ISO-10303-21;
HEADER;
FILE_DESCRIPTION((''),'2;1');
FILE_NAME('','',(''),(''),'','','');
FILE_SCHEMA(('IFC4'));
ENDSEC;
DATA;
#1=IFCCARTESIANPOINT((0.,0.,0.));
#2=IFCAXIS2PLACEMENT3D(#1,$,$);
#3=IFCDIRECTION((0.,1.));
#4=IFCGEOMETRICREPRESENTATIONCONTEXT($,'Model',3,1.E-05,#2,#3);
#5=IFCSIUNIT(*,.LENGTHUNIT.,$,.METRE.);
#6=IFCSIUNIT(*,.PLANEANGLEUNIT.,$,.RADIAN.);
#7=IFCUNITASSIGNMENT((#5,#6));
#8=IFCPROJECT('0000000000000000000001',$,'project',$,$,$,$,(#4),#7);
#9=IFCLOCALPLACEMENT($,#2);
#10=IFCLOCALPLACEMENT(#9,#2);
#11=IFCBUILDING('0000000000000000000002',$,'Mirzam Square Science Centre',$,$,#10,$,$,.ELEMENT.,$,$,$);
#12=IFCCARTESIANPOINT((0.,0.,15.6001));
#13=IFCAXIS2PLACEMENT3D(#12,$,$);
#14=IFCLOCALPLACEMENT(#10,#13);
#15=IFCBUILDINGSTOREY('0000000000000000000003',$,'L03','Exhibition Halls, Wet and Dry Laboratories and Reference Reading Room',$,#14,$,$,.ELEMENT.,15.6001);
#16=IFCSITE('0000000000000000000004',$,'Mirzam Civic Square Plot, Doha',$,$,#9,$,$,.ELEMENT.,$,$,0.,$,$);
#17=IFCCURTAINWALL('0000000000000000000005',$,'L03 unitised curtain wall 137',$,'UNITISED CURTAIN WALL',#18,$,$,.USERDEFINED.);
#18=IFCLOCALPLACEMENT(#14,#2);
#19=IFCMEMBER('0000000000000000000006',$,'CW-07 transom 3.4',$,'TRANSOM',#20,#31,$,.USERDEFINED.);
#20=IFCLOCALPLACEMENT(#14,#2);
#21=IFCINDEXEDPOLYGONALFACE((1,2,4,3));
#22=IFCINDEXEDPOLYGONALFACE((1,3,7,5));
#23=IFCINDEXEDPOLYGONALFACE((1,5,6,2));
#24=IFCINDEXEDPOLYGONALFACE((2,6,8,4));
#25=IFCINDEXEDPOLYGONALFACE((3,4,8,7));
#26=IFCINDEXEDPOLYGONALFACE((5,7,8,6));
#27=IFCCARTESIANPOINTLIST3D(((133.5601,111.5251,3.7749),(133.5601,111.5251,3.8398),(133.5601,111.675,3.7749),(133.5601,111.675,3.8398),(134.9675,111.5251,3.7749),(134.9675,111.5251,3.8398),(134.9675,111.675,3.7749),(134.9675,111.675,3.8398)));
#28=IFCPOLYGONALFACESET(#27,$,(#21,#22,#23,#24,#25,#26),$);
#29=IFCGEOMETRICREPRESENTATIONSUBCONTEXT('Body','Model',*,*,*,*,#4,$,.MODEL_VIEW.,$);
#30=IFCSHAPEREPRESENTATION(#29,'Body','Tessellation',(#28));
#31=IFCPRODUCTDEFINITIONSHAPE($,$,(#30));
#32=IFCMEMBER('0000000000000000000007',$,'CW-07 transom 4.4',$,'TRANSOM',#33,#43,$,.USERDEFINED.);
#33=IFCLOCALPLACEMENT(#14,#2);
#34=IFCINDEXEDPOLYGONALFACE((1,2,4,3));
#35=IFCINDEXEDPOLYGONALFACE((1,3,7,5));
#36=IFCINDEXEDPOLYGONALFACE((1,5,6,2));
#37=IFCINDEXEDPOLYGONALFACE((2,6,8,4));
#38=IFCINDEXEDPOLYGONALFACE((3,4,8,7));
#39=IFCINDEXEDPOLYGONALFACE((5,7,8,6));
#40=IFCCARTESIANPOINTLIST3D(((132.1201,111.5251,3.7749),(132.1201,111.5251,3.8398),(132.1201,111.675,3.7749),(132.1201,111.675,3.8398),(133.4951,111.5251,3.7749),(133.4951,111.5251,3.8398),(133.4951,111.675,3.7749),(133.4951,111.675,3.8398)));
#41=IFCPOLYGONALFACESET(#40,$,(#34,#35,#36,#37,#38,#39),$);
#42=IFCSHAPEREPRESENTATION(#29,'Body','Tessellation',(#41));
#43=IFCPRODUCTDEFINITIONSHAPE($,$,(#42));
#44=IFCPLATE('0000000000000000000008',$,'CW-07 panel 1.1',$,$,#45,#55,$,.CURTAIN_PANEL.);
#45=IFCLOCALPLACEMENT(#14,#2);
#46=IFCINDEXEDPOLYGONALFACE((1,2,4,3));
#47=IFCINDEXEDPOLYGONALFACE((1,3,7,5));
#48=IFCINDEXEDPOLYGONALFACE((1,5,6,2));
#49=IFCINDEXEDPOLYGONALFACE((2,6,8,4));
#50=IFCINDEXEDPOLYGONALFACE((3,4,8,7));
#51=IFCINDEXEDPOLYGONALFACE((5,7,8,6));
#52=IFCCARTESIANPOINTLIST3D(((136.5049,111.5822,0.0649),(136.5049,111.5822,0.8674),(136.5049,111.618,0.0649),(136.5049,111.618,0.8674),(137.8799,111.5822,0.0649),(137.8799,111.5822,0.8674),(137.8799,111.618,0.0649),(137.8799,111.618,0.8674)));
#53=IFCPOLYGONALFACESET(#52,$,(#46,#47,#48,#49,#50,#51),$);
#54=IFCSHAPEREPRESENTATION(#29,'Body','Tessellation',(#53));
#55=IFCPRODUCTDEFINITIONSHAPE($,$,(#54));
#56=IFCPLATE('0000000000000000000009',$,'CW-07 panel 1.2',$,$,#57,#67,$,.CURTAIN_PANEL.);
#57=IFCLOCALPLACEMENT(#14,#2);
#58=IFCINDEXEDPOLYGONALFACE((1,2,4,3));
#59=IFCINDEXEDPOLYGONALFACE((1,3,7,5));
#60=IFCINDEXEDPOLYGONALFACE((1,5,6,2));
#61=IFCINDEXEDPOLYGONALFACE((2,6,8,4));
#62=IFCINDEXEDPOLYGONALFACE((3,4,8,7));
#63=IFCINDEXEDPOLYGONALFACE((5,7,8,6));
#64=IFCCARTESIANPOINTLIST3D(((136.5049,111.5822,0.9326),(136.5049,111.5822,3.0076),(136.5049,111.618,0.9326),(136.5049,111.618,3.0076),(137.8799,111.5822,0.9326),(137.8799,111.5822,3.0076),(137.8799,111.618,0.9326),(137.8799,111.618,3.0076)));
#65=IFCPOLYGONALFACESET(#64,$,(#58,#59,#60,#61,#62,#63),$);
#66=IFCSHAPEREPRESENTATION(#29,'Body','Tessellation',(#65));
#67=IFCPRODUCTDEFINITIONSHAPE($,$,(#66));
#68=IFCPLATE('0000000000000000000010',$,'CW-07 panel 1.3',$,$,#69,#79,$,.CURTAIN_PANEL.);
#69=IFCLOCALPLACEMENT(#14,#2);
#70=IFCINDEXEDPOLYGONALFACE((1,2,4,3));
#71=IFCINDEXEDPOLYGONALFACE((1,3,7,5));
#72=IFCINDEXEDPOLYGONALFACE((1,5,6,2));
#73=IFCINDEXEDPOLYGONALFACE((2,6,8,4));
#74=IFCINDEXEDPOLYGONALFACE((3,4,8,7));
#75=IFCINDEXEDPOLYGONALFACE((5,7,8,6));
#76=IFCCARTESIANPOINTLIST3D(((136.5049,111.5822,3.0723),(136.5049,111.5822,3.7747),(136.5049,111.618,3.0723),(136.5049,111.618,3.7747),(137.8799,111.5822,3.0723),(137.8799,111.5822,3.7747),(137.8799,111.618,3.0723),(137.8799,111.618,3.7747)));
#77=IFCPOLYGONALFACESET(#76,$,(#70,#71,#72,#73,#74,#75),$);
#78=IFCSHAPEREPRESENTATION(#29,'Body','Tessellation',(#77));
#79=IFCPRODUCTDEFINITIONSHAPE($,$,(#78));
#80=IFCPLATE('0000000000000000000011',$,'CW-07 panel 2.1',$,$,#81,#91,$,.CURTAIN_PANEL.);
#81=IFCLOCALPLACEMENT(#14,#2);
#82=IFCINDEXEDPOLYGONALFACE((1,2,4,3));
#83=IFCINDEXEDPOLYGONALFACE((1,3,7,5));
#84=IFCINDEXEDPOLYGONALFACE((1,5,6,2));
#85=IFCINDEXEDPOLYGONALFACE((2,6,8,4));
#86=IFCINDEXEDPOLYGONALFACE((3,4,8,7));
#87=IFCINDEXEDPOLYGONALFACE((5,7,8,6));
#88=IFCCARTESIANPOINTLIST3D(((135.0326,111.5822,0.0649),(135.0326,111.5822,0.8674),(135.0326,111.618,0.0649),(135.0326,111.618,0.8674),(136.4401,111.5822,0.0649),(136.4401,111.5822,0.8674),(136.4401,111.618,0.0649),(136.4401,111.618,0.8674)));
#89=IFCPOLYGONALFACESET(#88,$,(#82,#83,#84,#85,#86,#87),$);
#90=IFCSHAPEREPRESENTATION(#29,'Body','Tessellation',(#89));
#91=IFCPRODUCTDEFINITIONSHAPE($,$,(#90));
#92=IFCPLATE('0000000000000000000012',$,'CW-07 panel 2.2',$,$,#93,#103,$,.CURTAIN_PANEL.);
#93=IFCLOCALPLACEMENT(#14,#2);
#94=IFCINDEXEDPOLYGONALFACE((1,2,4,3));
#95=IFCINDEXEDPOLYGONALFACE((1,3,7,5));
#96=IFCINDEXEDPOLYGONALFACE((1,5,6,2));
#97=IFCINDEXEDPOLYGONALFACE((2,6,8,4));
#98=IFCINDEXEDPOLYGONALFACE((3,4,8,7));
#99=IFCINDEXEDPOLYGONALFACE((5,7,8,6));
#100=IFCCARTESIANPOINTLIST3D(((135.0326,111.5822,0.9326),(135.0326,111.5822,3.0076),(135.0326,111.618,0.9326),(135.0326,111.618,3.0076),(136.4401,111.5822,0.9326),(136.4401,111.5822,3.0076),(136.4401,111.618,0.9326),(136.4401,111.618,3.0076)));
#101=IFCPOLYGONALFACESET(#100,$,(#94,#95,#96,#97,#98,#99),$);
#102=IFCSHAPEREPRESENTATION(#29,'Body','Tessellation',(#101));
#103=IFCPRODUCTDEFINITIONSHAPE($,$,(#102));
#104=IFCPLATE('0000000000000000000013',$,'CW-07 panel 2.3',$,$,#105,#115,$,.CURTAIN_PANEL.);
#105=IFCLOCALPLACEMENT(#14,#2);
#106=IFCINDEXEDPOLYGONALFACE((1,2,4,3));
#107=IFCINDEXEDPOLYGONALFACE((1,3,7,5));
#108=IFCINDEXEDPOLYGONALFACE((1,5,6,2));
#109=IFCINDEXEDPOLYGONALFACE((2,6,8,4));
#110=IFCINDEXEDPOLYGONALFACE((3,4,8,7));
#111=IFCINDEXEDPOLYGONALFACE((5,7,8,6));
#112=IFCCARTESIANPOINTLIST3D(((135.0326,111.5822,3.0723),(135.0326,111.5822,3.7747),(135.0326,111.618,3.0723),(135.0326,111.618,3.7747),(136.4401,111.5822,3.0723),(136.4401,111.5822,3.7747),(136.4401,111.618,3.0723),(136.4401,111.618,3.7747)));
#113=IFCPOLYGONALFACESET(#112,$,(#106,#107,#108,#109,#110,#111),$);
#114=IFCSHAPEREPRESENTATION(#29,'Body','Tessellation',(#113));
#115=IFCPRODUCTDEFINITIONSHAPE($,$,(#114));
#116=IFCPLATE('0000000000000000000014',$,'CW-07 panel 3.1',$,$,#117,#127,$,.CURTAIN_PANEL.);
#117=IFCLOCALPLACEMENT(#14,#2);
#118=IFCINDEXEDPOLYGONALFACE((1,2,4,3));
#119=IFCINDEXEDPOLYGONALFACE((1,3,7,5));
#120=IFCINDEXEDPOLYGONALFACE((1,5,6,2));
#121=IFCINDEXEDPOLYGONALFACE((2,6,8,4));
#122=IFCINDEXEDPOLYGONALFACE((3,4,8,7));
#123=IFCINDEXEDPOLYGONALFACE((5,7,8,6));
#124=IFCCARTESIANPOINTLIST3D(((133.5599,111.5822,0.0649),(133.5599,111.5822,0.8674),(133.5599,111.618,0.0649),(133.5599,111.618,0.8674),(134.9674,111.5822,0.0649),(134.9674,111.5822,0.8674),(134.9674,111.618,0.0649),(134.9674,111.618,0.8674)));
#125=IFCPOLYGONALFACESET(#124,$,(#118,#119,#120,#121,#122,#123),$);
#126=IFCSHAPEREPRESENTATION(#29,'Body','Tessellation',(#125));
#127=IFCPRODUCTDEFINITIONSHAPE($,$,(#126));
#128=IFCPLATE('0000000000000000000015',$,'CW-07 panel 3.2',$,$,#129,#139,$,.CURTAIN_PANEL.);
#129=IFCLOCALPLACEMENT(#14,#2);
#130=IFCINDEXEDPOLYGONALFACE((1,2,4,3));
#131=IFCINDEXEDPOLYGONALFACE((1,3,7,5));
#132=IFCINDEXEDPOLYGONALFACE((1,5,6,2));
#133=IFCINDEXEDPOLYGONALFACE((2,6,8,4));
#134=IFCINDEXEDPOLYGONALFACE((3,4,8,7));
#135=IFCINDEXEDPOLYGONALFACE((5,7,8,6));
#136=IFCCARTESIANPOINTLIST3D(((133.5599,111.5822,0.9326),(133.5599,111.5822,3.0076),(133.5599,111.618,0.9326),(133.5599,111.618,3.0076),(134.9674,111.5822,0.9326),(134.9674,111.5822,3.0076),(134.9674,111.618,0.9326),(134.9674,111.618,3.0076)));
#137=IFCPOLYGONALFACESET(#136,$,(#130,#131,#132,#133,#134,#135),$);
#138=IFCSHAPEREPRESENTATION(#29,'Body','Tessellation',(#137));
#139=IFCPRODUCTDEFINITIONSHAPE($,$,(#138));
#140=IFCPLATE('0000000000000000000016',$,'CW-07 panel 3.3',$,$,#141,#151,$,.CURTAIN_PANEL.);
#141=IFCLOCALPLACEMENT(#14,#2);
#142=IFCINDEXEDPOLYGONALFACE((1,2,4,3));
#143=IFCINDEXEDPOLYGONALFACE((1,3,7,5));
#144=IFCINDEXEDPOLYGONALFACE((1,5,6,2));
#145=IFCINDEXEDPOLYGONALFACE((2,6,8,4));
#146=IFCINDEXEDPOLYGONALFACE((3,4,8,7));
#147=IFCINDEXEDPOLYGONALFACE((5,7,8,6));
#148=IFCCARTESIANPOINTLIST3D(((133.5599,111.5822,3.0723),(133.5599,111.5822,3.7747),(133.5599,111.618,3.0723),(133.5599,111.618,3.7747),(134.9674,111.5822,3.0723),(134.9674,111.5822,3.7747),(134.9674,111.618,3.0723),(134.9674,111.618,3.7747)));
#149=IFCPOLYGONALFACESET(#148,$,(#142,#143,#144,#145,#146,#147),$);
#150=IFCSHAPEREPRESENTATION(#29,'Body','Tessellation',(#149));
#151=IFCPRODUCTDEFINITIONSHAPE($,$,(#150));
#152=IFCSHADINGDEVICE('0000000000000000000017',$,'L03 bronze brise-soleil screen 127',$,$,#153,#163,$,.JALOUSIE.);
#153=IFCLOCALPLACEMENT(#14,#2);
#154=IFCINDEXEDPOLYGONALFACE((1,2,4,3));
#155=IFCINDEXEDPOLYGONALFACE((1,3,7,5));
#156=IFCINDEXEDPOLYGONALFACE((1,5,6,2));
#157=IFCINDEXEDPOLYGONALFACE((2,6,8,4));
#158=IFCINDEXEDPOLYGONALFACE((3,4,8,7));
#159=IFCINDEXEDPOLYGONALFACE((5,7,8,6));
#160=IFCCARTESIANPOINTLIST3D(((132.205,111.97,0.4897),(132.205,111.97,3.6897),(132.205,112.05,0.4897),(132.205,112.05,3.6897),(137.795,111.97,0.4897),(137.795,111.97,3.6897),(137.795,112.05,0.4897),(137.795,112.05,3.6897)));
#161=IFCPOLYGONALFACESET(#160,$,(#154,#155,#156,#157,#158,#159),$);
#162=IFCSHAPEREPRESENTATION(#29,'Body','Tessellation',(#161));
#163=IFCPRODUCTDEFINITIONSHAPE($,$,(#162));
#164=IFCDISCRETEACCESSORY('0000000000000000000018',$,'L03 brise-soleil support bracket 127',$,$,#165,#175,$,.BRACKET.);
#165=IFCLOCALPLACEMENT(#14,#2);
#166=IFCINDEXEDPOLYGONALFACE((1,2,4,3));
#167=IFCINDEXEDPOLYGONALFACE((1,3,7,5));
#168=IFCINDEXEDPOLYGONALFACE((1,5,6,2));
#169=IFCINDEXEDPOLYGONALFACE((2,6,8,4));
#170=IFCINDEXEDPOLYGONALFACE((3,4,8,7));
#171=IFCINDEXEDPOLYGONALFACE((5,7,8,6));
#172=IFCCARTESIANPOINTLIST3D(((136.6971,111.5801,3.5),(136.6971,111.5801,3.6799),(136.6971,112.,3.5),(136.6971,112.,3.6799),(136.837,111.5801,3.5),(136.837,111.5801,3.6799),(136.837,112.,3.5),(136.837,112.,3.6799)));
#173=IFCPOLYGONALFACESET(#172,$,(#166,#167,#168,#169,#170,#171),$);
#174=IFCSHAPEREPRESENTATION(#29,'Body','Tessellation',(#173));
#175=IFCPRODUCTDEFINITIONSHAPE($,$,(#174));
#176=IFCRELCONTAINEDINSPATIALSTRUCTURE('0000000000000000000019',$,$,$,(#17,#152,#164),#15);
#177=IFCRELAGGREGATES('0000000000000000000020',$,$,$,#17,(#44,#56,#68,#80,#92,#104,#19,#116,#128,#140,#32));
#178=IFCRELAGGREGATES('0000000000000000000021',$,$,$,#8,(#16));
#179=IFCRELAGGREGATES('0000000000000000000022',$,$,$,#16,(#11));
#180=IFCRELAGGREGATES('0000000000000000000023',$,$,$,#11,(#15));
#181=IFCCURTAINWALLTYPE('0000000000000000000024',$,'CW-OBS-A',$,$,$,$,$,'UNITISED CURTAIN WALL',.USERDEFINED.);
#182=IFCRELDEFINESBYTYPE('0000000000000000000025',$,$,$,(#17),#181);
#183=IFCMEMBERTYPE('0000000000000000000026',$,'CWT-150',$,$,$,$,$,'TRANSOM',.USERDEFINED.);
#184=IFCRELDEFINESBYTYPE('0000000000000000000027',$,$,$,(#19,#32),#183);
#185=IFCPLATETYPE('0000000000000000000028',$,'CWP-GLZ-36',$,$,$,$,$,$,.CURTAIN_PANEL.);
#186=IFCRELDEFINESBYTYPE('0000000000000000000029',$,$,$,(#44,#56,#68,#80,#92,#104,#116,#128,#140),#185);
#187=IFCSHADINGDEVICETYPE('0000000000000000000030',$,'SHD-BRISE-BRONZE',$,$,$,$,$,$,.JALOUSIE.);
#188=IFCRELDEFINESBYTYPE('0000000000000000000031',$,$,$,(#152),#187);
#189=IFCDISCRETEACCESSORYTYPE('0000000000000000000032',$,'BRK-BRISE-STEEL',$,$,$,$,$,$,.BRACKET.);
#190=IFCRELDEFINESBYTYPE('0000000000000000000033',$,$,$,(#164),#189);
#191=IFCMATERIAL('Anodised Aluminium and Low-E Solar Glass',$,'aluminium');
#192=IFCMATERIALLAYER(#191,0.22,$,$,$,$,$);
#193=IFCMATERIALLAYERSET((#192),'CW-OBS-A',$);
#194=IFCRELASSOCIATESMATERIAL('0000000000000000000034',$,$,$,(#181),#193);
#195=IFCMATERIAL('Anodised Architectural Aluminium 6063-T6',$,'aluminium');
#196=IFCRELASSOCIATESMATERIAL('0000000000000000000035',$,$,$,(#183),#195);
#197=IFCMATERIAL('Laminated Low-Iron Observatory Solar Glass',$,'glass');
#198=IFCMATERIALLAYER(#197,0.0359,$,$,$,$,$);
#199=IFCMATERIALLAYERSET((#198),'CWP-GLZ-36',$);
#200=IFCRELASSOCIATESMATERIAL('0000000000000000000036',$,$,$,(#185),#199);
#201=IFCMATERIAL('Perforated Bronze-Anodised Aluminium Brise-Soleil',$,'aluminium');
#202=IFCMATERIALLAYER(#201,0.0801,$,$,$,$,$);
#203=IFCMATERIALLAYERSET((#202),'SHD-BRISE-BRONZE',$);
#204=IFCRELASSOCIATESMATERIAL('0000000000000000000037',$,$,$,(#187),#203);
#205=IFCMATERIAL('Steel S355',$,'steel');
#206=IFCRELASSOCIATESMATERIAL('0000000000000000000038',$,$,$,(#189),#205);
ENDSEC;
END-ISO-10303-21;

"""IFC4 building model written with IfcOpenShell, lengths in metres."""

from ifc_helpers import new_model, si_unit, direction, frame, origin, origin_2d, place, context, subcontext, project, spatial, rectangle, extrude, material, layer, layer_set, material_profile, profile_set, type_object, element, aggregate, save


model = new_model("IFC4")

# Units and contexts
model_context = context("Model", 3, precision=1e-05, world=origin(), true_north=direction((0.0, 1.0)))
body_context = subcontext(model_context, "Body", "Model", "MODEL_VIEW")
ifc_project = project(units=[si_unit("LENGTHUNIT", "METRE"), si_unit("PLANEANGLEUNIT", "RADIAN")], contexts=[model_context])

# Site, building, storey
site_placement = place(None, origin())
site = spatial("IfcSite", under=ifc_project, at=site_placement, Name="Mirzam Civic Square Plot, Doha", CompositionType="ELEMENT", RefElevation=0.0)
building_placement = place(site_placement, origin())
building = spatial("IfcBuilding", under=site, at=building_placement, Name="Mirzam Square Science Centre", CompositionType="ELEMENT")
storey_placement = place(building_placement, frame((0.0, 0.0, 15.6001)))
storey = spatial("IfcBuildingStorey", under=building, at=storey_placement, Name="L03", Description="Exhibition Halls, Wet and Dry Laboratories and Reference Reading Room", CompositionType="ELEMENT", Elevation=15.6001)

# Curtain wall, members, plates
ifc_material_1 = material(Name="Anodised Aluminium and Low-E Solar Glass", Category="aluminium")
ifc_layer_1 = layer(ifc_material_1, 0.22)
ifc_layer_set_1 = layer_set([ifc_layer_1], Name="CW-OBS-A")
curtain_wall_type = type_object("IfcCurtainWallType", Name="CW-OBS-A", ElementType="UNITISED CURTAIN WALL", PredefinedType="USERDEFINED", material=ifc_layer_set_1)
curtain_wall_placement = place(storey_placement, origin())
curtain_wall = element("IfcCurtainWall", 1, at=curtain_wall_placement, inside=storey, type_object=curtain_wall_type, Name="L03 unitised curtain wall 137", ObjectType="UNITISED CURTAIN WALL", PredefinedType="USERDEFINED")
ifc_material_2 = material(Name="Anodised Architectural Aluminium 6063-T6", Category="aluminium")
ifc_material_profile_1 = material_profile(ifc_material_2, rectangle(XDim=0.1499, YDim=0.0649, at=origin_2d()), Name="ALU-TRAN-150x65x4")
ifc_profile_set_1 = profile_set([ifc_material_profile_1], Name="Anodised Architectural Aluminium 6063-T6")
member_type_1 = type_object("IfcMemberType", Name="CWT-150", ElementType="TRANSOM", PredefinedType="USERDEFINED", material=ifc_profile_set_1)
member_1_placement = place(storey_placement, frame((134.9675, 111.6001, 3.8074), z_axis=(-1.0, 0.0, 0.0), x_axis=(0.0, -1.0, 0.0)))
member_1 = element("IfcMember", 2, at=member_1_placement, type_object=member_type_1, Name="CW-07 transom 3.4", ObjectType="TRANSOM", PredefinedType="USERDEFINED", context=body_context, shape_type="SweptSolid", body=[
    extrude(rectangle(XDim=0.1499, YDim=0.0649, at=origin_2d()), origin(), (0.0, 0.0, 1.0), 1.4075),
])
member_2_placement = place(storey_placement, frame((133.4951, 111.6001, 3.8074), z_axis=(-1.0, 0.0, 0.0), x_axis=(0.0, -1.0, 0.0)))
member_2 = element("IfcMember", 3, at=member_2_placement, type_object=member_type_1, Name="CW-07 transom 4.4", ObjectType="TRANSOM", PredefinedType="USERDEFINED", context=body_context, shape_type="SweptSolid", body=[
    extrude(rectangle(XDim=0.1499, YDim=0.0649, at=origin_2d()), origin(), (0.0, 0.0, 1.0), 1.375),
])
ifc_material_3 = material(Name="Laminated Low-Iron Observatory Solar Glass", Category="glass")
ifc_layer_2 = layer(ifc_material_3, 0.0359)
ifc_layer_set_2 = layer_set([ifc_layer_2], Name="CWP-GLZ-36")
plate_type = type_object("IfcPlateType", Name="CWP-GLZ-36", PredefinedType="CURTAIN_PANEL", material=ifc_layer_set_2)
plate_1_placement = place(storey_placement, frame((137.1924, 111.6001, 0.0649), z_axis=(0.0, 0.0, 1.0), x_axis=(-1.0, 0.0, 0.0)))
plate_1 = element("IfcPlate", 4, at=plate_1_placement, type_object=plate_type, Name="CW-07 panel 1.1", PredefinedType="CURTAIN_PANEL", context=body_context, shape_type="SweptSolid", body=[
    extrude(rectangle(XDim=1.375, YDim=0.0359, at=origin_2d()), origin(), (0.0, 0.0, 1.0), 0.8025),
])
plate_2_placement = place(storey_placement, frame((137.1924, 111.6001, 0.9326), z_axis=(0.0, 0.0, 1.0), x_axis=(-1.0, 0.0, 0.0)))
plate_2 = element("IfcPlate", 5, at=plate_2_placement, type_object=plate_type, Name="CW-07 panel 1.2", PredefinedType="CURTAIN_PANEL", context=body_context, shape_type="SweptSolid", body=[
    extrude(rectangle(XDim=1.375, YDim=0.0359, at=origin_2d()), origin(), (0.0, 0.0, 1.0), 2.075),
])
plate_3_placement = place(storey_placement, frame((137.1924, 111.6001, 3.0723), z_axis=(0.0, 0.0, 1.0), x_axis=(-1.0, 0.0, 0.0)))
plate_3 = element("IfcPlate", 6, at=plate_3_placement, type_object=plate_type, Name="CW-07 panel 1.3", PredefinedType="CURTAIN_PANEL", context=body_context, shape_type="SweptSolid", body=[
    extrude(rectangle(XDim=1.375, YDim=0.0359, at=origin_2d()), origin(), (0.0, 0.0, 1.0), 0.7024),
])
plate_4_placement = place(storey_placement, frame((135.7363, 111.6001, 0.0649), z_axis=(0.0, 0.0, 1.0), x_axis=(-1.0, 0.0, 0.0)))
plate_4 = element("IfcPlate", 7, at=plate_4_placement, type_object=plate_type, Name="CW-07 panel 2.1", PredefinedType="CURTAIN_PANEL", context=body_context, shape_type="SweptSolid", body=[
    extrude(rectangle(XDim=1.4075, YDim=0.0359, at=origin_2d()), origin(), (0.0, 0.0, 1.0), 0.8025),
])
plate_5_placement = place(storey_placement, frame((135.7363, 111.6001, 0.9326), z_axis=(0.0, 0.0, 1.0), x_axis=(-1.0, 0.0, 0.0)))
plate_5 = element("IfcPlate", 8, at=plate_5_placement, type_object=plate_type, Name="CW-07 panel 2.2", PredefinedType="CURTAIN_PANEL", context=body_context, shape_type="SweptSolid", body=[
    extrude(rectangle(XDim=1.4075, YDim=0.0359, at=origin_2d()), origin(), (0.0, 0.0, 1.0), 2.075),
])
plate_6_placement = place(storey_placement, frame((135.7363, 111.6001, 3.0723), z_axis=(0.0, 0.0, 1.0), x_axis=(-1.0, 0.0, 0.0)))
plate_6 = element("IfcPlate", 9, at=plate_6_placement, type_object=plate_type, Name="CW-07 panel 2.3", PredefinedType="CURTAIN_PANEL", context=body_context, shape_type="SweptSolid", body=[
    extrude(rectangle(XDim=1.4075, YDim=0.0359, at=origin_2d()), origin(), (0.0, 0.0, 1.0), 0.7024),
])
plate_7_placement = place(storey_placement, frame((134.2637, 111.6001, 0.0649), z_axis=(0.0, 0.0, 1.0), x_axis=(-1.0, 0.0, 0.0)))
plate_7 = element("IfcPlate", 10, at=plate_7_placement, type_object=plate_type, Name="CW-07 panel 3.1", PredefinedType="CURTAIN_PANEL", context=body_context, shape_type="SweptSolid", body=[
    extrude(rectangle(XDim=1.4075, YDim=0.0359, at=origin_2d()), origin(), (0.0, 0.0, 1.0), 0.8025),
])
plate_8_placement = place(storey_placement, frame((134.2637, 111.6001, 0.9326), z_axis=(0.0, 0.0, 1.0), x_axis=(-1.0, 0.0, 0.0)))
plate_8 = element("IfcPlate", 11, at=plate_8_placement, type_object=plate_type, Name="CW-07 panel 3.2", PredefinedType="CURTAIN_PANEL", context=body_context, shape_type="SweptSolid", body=[
    extrude(rectangle(XDim=1.4075, YDim=0.0359, at=origin_2d()), origin(), (0.0, 0.0, 1.0), 2.075),
])
plate_9_placement = place(storey_placement, frame((134.2637, 111.6001, 3.0723), z_axis=(0.0, 0.0, 1.0), x_axis=(-1.0, 0.0, 0.0)))
plate_9 = element("IfcPlate", 12, at=plate_9_placement, type_object=plate_type, Name="CW-07 panel 3.3", PredefinedType="CURTAIN_PANEL", context=body_context, shape_type="SweptSolid", body=[
    extrude(rectangle(XDim=1.4075, YDim=0.0359, at=origin_2d()), origin(), (0.0, 0.0, 1.0), 0.7024),
])
aggregate(curtain_wall, [plate_1, plate_2, plate_3, plate_4, plate_5, plate_6, member_1, plate_7, plate_8, plate_9, member_2])

# Shading device
ifc_material_4 = material(Name="Perforated Bronze-Anodised Aluminium Brise-Soleil", Category="aluminium")
ifc_layer_3 = layer(ifc_material_4, 0.0801)
ifc_layer_set_3 = layer_set([ifc_layer_3], Name="SHD-BRISE-BRONZE")
shading_device_type = type_object("IfcShadingDeviceType", Name="SHD-BRISE-BRONZE", PredefinedType="JALOUSIE", material=ifc_layer_set_3)
shading_device_placement = place(storey_placement, frame((135.0, 112.01, 0.4897), z_axis=(0.0, 0.0, 1.0), x_axis=(-1.0, 0.0, 0.0)))
element("IfcShadingDevice", 13, at=shading_device_placement, inside=storey, type_object=shading_device_type, Name="L03 bronze brise-soleil screen 127", PredefinedType="JALOUSIE", context=body_context, shape_type="SweptSolid", body=[
    extrude(rectangle(XDim=5.5901, YDim=0.0801, at=origin_2d()), origin(), (0.0, 0.0, 1.0), 3.2),
])

# Discrete accessory
ifc_material_5 = material(Name="Steel S355", Category="steel")
discrete_accessory_type = type_object("IfcDiscreteAccessoryType", Name="BRK-BRISE-STEEL", PredefinedType="BRACKET", material=ifc_material_5)
discrete_accessory_placement = place(storey_placement, frame((136.7671, 111.79, 3.5), z_axis=(0.0, 0.0, 1.0), x_axis=(-1.0, 0.0, 0.0)))
element("IfcDiscreteAccessory", 14, at=discrete_accessory_placement, inside=storey, type_object=discrete_accessory_type, Name="L03 brise-soleil support bracket 127", PredefinedType="BRACKET", context=body_context, shape_type="SweptSolid", body=[
    extrude(rectangle(XDim=0.1399, YDim=0.4199, at=origin_2d()), origin(), (0.0, 0.0, 1.0), 0.1799),
])

save(model, "model.ifc")
